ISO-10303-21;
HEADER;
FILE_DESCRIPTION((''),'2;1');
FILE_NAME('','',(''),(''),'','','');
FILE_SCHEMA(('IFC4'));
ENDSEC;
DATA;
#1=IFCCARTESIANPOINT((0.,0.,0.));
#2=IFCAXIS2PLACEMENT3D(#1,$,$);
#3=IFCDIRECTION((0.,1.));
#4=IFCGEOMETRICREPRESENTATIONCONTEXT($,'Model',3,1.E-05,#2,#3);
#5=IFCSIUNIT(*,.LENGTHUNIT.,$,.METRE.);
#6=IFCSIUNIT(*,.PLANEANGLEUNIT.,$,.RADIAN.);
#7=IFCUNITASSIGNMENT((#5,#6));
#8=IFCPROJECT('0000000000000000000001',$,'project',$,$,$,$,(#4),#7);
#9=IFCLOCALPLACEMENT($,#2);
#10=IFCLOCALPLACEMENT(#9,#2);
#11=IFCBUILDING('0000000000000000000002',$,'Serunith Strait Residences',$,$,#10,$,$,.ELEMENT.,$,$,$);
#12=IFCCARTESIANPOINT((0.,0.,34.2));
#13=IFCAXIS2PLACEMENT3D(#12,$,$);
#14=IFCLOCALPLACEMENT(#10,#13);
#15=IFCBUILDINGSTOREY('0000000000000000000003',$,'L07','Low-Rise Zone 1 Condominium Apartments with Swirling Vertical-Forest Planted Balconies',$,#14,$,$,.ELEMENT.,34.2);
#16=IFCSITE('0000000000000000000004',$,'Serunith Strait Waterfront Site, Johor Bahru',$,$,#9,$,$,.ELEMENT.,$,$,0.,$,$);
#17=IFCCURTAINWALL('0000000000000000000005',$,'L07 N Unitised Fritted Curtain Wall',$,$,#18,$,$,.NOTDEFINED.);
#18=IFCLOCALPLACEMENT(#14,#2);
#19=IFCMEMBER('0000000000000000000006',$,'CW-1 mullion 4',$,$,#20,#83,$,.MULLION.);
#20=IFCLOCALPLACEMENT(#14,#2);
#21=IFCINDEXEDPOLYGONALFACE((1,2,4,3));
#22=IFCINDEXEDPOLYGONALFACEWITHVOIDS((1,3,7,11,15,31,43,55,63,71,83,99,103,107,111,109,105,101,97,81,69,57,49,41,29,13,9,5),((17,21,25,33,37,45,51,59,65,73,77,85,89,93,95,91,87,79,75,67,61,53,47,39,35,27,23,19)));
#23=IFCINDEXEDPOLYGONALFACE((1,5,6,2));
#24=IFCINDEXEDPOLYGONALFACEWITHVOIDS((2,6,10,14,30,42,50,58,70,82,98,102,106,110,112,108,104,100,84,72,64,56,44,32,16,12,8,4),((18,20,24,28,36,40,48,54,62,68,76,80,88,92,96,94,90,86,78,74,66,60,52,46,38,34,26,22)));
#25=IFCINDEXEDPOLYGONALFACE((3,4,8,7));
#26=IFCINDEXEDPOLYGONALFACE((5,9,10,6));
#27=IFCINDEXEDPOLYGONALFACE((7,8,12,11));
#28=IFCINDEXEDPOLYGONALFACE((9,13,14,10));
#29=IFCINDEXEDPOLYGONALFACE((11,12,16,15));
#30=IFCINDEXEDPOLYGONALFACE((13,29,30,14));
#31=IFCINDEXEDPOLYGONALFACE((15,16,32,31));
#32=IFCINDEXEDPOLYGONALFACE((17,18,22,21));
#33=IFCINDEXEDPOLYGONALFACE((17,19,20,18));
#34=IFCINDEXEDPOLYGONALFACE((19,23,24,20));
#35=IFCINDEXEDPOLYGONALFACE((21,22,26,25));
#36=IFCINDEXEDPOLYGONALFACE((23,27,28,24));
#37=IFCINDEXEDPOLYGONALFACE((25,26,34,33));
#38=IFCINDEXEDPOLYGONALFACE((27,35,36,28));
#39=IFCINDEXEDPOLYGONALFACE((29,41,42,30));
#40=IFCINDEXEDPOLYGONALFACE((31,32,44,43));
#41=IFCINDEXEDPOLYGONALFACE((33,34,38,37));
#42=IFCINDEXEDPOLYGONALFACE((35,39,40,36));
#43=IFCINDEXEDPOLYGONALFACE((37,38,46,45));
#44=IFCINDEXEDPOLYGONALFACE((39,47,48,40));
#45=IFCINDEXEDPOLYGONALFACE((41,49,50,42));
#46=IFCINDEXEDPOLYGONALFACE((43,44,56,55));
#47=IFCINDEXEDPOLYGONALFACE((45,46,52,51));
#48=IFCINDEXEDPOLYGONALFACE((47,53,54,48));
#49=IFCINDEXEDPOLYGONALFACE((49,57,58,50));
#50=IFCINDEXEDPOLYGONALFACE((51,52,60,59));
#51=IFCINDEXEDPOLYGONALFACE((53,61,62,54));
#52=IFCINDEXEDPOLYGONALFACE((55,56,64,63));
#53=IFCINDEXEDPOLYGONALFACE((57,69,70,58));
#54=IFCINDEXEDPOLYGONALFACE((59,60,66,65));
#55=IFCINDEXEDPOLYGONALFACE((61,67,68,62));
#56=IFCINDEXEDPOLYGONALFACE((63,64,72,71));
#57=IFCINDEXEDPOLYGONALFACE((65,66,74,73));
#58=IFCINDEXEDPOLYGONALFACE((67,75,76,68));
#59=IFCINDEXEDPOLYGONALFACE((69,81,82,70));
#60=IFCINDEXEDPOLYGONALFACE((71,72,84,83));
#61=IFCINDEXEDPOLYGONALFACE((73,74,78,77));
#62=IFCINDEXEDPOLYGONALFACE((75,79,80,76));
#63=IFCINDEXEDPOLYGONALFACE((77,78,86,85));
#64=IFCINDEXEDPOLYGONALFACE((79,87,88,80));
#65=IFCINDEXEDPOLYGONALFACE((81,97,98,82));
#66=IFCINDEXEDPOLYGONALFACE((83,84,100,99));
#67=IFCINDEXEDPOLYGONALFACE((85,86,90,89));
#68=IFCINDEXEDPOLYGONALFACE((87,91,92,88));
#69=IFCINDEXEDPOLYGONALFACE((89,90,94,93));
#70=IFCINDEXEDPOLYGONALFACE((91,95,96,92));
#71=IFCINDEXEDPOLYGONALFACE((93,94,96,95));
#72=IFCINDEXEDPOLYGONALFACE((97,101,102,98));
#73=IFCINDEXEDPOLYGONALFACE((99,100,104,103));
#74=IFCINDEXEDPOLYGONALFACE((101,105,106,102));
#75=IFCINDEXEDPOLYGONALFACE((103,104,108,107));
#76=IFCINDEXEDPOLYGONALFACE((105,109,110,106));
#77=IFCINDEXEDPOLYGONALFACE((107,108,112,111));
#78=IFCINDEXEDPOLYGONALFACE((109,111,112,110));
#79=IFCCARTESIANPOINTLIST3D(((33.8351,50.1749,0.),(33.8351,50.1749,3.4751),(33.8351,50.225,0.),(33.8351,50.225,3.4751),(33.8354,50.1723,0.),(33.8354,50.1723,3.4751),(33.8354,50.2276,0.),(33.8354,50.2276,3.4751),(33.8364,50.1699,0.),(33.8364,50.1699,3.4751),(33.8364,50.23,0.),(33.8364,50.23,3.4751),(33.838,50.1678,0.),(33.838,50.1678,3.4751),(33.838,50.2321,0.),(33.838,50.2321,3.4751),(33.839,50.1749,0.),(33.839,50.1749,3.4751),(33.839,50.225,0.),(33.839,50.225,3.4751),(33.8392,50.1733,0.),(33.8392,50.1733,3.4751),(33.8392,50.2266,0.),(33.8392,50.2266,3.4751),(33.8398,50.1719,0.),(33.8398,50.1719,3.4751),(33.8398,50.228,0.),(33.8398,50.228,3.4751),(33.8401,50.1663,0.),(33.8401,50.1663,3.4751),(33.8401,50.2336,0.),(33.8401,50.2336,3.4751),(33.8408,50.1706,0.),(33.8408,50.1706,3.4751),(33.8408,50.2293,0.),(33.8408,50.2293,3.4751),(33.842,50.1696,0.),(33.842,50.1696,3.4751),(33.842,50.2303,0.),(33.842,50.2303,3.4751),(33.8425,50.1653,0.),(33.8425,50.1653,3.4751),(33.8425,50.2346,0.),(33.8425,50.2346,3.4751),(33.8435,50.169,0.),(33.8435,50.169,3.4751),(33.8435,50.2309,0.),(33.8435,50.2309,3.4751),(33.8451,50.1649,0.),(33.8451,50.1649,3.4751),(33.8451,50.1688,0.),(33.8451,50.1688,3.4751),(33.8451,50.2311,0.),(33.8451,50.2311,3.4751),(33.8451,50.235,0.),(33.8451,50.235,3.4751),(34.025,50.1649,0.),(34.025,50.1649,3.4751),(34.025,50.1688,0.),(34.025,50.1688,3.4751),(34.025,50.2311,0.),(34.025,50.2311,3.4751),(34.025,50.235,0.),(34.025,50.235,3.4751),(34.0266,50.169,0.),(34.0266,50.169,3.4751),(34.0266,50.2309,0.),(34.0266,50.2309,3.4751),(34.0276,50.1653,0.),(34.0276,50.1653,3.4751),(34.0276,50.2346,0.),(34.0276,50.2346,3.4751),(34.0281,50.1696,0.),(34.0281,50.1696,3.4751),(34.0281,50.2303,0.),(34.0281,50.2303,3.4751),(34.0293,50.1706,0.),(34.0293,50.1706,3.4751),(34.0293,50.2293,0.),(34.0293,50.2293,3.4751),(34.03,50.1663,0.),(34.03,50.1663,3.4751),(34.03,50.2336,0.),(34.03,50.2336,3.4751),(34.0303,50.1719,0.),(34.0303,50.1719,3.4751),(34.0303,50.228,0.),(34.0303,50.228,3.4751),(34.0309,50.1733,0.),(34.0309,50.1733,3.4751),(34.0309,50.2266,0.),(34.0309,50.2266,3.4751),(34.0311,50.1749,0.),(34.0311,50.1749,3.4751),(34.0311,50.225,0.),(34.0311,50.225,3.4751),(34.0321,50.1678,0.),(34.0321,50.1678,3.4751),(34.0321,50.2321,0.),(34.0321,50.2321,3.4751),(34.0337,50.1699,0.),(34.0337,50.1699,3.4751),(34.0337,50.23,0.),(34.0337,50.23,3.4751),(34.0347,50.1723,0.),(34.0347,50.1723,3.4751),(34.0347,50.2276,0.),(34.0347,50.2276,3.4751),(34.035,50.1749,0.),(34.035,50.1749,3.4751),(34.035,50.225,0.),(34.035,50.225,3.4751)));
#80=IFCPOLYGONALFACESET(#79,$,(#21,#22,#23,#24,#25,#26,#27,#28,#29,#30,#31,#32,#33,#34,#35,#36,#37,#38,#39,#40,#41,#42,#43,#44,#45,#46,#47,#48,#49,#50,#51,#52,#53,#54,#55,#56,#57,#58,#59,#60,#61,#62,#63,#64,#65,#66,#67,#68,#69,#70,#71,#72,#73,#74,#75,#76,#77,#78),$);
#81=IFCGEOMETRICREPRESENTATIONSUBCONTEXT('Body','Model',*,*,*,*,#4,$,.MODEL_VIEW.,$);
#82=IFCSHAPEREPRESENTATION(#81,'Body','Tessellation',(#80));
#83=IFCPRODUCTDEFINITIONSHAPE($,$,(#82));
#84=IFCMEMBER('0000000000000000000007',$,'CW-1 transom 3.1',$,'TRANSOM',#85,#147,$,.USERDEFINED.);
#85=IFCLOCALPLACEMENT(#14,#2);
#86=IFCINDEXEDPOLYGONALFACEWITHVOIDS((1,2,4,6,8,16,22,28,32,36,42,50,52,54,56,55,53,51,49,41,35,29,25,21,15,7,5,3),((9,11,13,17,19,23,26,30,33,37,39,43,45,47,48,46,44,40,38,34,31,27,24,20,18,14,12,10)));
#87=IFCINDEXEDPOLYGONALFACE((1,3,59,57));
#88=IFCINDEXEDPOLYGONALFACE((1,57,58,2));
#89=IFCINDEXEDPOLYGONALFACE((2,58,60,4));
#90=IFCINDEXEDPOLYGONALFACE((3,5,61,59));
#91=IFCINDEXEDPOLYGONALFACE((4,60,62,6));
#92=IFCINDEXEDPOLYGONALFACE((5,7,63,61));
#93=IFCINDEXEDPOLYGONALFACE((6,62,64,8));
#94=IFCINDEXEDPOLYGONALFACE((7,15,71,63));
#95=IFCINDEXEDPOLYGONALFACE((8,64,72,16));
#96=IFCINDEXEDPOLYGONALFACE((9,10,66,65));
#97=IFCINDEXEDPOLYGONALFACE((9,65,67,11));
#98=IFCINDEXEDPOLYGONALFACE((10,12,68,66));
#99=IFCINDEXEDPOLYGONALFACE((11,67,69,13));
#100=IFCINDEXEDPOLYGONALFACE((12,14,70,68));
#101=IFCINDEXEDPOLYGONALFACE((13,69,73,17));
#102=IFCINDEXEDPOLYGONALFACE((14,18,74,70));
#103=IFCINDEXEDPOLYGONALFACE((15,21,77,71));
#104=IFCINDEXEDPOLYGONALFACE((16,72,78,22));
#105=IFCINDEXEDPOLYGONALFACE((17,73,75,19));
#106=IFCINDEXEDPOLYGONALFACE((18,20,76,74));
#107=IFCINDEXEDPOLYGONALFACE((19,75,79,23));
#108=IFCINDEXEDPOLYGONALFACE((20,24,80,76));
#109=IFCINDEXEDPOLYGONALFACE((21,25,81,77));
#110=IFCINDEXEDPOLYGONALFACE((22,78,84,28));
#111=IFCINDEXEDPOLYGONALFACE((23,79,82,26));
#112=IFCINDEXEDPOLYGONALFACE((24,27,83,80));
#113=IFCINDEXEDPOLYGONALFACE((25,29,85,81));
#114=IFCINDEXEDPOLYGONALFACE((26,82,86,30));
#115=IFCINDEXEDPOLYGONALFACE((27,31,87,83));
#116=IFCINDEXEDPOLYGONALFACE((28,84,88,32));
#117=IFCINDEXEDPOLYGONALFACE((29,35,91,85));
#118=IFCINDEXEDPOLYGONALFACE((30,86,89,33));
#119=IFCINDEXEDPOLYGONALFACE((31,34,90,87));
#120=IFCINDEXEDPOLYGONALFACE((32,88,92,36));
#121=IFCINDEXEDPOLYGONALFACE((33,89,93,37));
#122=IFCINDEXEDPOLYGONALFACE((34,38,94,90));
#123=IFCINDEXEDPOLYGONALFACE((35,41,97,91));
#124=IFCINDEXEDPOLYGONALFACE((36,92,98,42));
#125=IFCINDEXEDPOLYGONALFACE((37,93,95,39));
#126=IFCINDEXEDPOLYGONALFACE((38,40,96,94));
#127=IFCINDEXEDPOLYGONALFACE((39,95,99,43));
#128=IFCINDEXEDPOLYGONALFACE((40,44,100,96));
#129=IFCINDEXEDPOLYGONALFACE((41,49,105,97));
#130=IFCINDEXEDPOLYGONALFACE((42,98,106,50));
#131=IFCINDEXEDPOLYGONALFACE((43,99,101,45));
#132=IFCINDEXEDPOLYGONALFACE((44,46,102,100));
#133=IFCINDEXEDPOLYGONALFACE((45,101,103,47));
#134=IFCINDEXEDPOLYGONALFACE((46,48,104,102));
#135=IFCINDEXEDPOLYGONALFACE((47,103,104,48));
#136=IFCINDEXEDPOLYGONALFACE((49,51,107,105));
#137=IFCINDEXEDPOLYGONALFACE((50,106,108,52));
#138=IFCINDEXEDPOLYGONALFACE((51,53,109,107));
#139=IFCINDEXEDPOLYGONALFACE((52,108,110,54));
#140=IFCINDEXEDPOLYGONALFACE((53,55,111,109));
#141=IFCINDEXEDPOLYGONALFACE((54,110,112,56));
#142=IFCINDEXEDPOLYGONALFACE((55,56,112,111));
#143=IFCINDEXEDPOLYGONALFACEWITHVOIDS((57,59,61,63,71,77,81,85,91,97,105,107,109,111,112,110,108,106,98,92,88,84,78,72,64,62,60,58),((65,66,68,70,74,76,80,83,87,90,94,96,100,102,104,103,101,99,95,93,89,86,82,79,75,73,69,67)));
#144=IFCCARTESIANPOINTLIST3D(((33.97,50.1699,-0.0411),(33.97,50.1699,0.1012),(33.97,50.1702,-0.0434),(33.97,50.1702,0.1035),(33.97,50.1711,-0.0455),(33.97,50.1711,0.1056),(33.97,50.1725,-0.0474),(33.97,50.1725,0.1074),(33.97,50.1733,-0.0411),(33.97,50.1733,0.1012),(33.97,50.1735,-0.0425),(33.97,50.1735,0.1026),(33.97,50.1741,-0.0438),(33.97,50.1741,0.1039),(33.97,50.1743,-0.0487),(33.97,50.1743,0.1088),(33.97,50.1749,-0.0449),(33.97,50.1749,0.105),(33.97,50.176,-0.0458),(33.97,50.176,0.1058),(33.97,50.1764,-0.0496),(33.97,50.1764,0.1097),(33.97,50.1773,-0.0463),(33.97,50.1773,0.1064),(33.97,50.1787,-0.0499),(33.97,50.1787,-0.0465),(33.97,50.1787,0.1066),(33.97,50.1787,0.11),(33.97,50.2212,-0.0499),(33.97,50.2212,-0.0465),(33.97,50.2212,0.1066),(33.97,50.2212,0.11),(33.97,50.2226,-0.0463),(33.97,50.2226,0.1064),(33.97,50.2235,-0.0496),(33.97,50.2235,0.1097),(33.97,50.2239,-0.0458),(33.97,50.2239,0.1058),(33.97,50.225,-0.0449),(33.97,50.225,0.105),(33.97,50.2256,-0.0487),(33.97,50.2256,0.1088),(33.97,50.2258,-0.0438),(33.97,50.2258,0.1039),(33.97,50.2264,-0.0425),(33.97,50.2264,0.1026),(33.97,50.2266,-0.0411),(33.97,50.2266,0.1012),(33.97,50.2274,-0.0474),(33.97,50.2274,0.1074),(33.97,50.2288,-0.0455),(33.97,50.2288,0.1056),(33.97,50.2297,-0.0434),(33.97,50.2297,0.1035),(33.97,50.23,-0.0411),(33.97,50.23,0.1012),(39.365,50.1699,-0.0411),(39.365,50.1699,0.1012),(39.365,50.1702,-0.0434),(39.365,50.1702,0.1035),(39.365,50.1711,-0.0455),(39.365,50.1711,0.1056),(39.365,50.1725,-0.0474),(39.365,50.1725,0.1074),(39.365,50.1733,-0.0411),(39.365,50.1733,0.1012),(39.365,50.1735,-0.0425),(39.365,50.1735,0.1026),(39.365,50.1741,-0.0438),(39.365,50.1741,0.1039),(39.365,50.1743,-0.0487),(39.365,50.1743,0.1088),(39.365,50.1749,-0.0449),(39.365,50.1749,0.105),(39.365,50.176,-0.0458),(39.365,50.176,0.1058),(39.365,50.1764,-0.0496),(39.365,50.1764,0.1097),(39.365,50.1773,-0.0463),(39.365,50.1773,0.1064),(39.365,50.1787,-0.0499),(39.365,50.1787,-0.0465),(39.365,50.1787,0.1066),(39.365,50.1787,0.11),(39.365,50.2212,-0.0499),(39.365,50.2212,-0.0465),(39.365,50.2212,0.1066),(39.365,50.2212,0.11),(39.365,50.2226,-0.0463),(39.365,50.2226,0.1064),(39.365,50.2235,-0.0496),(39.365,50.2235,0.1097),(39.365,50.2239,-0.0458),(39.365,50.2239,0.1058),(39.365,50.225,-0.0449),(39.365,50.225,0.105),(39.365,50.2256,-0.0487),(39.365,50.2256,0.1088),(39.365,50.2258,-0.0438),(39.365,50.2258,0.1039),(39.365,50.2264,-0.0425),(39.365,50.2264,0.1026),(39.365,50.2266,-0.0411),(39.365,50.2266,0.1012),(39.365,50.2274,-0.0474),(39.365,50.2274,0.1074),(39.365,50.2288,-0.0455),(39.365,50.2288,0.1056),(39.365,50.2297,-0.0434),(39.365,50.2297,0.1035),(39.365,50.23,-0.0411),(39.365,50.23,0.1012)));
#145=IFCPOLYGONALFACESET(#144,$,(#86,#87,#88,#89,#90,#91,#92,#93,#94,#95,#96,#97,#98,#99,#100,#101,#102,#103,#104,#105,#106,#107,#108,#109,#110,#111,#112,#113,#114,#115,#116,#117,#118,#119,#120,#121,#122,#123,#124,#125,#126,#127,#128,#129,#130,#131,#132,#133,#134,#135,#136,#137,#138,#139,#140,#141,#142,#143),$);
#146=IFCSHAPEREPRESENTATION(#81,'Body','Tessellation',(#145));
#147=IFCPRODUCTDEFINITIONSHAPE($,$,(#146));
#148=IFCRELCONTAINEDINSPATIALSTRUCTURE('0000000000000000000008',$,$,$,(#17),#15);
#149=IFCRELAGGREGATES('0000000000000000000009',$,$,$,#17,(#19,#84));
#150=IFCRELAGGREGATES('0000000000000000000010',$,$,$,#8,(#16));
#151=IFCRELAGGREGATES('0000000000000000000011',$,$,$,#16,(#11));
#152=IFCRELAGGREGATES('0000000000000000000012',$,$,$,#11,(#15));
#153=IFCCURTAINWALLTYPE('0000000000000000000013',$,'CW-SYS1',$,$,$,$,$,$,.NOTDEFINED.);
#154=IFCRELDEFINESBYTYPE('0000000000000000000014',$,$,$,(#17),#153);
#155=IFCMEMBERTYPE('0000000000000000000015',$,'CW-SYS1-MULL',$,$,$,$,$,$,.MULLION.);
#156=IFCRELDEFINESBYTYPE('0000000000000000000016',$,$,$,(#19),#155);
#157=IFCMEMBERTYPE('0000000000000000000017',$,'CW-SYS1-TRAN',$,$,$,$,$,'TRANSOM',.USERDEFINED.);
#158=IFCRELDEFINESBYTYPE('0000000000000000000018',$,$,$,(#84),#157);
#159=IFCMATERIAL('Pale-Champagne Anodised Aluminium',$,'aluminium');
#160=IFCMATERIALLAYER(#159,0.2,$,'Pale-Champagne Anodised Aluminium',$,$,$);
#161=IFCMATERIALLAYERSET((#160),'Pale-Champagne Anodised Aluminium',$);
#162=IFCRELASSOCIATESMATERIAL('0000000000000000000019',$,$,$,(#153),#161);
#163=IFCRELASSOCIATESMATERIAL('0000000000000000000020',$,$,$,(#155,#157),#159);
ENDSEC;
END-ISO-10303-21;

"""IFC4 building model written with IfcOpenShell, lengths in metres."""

from ifc_helpers import new_model, si_unit, direction, frame, origin, origin_2d, place, context, subcontext, project, spatial, hollow_rectangle, extrude, source, transform, mapped, material, layer, layer_set, material_profile, profile_set, type_object, element, aggregate, save


model = new_model("IFC4")

# Units and contexts
model_context = context("Model", 3, precision=1e-05, world=origin(), true_north=direction((0.0, 1.0)))
body_context = subcontext(model_context, "Body", "Model", "MODEL_VIEW")
ifc_project = project(units=[si_unit("LENGTHUNIT", "METRE"), si_unit("PLANEANGLEUNIT", "RADIAN")], contexts=[model_context])

# Site, building, storey
site_placement = place(None, origin())
site = spatial("IfcSite", under=ifc_project, at=site_placement, Name="Serunith Strait Waterfront Site, Johor Bahru", CompositionType="ELEMENT", RefElevation=0.0)
building_placement = place(site_placement, origin())
building = spatial("IfcBuilding", under=site, at=building_placement, Name="Serunith Strait Residences", CompositionType="ELEMENT")
storey_placement = place(building_placement, frame((0.0, 0.0, 34.2)))
storey = spatial("IfcBuildingStorey", under=building, at=storey_placement, Name="L07", Description="Low-Rise Zone 1 Condominium Apartments with Swirling Vertical-Forest Planted Balconies", CompositionType="ELEMENT", Elevation=34.2)

# Curtain wall, members
ifc_material_1 = material(Name="Pale-Champagne Anodised Aluminium", Category="aluminium")
ifc_layer_1 = layer(ifc_material_1, 0.2, Name="Pale-Champagne Anodised Aluminium")
ifc_layer_set_1 = layer_set([ifc_layer_1], Name="Pale-Champagne Anodised Aluminium")
curtain_wall_type = type_object("IfcCurtainWallType", Name="CW-SYS1", PredefinedType="NOTDEFINED", material=ifc_layer_set_1)
curtain_wall_placement = place(storey_placement, origin())
curtain_wall = element("IfcCurtainWall", 1, at=curtain_wall_placement, inside=storey, type_object=curtain_wall_type, Name="L07 N Unitised Fritted Curtain Wall", PredefinedType="NOTDEFINED")
ifc_material_profile_1 = material_profile(ifc_material_1, hollow_rectangle(XDim=0.0701, YDim=0.2, WallThickness=0.0039, InnerFilletRadius=0.0061, OuterFilletRadius=0.01, at=origin_2d()), Name="ALU 200x70x4")
ifc_profile_set_1 = profile_set([ifc_material_profile_1], Name="Pale-Champagne Anodised Aluminium")
member_type_1 = type_object("IfcMemberType", Name="CW-SYS1-MULL", PredefinedType="MULLION", material=ifc_profile_set_1)
shared_shape_1 = source(origin(), body_context, "Body", "SweptSolid", [
    extrude(hollow_rectangle(XDim=0.0701, YDim=0.2, WallThickness=0.0039, InnerFilletRadius=0.0061, OuterFilletRadius=0.01, at=origin_2d()), origin(), (0.0, 0.0, 1.0), 3.4751),
])
member_1_placement = place(storey_placement, frame((33.9351, 50.2, 0.0), z_axis=(0.0, 0.0, 1.0), x_axis=(0.0, -1.0, 0.0)))
member_1 = element("IfcMember", 2, at=member_1_placement, type_object=member_type_1, Name="CW-1 mullion 4", PredefinedType="MULLION", context=body_context, shape_type="MappedRepresentation", body=[
    mapped(shared_shape_1, transform((0.0, 0.0, 0.0), scale=1.0)),
])
ifc_material_profile_2 = material_profile(ifc_material_1, hollow_rectangle(XDim=0.0601, YDim=0.1599, WallThickness=0.0034, InnerFilletRadius=0.0054, OuterFilletRadius=0.0088, at=origin_2d()), Name="ALU 160x60x3.5")
ifc_profile_set_2 = profile_set([ifc_material_profile_2], Name="Pale-Champagne Anodised Aluminium")
member_type_2 = type_object("IfcMemberType", Name="CW-SYS1-TRAN", ElementType="TRANSOM", PredefinedType="USERDEFINED", material=ifc_profile_set_2)
shared_shape_2 = source(origin(), body_context, "Body", "SweptSolid", [
    extrude(hollow_rectangle(XDim=0.0601, YDim=0.1599, WallThickness=0.0034, InnerFilletRadius=0.0054, OuterFilletRadius=0.0088, at=origin_2d()), origin(), (0.0, 0.0, 1.0), 5.395),
])
member_2_placement = place(storey_placement, frame((39.365, 50.2, 0.03), z_axis=(-1.0, 0.0, 0.0), x_axis=(0.0, -1.0, 0.0)))
member_2 = element("IfcMember", 3, at=member_2_placement, type_object=member_type_2, Name="CW-1 transom 3.1", ObjectType="TRANSOM", PredefinedType="USERDEFINED", context=body_context, shape_type="MappedRepresentation", body=[
    mapped(shared_shape_2, transform((0.0, 0.0, 0.0), scale=1.0)),
])
aggregate(curtain_wall, [member_1, member_2])

save(model, "model.ifc")
